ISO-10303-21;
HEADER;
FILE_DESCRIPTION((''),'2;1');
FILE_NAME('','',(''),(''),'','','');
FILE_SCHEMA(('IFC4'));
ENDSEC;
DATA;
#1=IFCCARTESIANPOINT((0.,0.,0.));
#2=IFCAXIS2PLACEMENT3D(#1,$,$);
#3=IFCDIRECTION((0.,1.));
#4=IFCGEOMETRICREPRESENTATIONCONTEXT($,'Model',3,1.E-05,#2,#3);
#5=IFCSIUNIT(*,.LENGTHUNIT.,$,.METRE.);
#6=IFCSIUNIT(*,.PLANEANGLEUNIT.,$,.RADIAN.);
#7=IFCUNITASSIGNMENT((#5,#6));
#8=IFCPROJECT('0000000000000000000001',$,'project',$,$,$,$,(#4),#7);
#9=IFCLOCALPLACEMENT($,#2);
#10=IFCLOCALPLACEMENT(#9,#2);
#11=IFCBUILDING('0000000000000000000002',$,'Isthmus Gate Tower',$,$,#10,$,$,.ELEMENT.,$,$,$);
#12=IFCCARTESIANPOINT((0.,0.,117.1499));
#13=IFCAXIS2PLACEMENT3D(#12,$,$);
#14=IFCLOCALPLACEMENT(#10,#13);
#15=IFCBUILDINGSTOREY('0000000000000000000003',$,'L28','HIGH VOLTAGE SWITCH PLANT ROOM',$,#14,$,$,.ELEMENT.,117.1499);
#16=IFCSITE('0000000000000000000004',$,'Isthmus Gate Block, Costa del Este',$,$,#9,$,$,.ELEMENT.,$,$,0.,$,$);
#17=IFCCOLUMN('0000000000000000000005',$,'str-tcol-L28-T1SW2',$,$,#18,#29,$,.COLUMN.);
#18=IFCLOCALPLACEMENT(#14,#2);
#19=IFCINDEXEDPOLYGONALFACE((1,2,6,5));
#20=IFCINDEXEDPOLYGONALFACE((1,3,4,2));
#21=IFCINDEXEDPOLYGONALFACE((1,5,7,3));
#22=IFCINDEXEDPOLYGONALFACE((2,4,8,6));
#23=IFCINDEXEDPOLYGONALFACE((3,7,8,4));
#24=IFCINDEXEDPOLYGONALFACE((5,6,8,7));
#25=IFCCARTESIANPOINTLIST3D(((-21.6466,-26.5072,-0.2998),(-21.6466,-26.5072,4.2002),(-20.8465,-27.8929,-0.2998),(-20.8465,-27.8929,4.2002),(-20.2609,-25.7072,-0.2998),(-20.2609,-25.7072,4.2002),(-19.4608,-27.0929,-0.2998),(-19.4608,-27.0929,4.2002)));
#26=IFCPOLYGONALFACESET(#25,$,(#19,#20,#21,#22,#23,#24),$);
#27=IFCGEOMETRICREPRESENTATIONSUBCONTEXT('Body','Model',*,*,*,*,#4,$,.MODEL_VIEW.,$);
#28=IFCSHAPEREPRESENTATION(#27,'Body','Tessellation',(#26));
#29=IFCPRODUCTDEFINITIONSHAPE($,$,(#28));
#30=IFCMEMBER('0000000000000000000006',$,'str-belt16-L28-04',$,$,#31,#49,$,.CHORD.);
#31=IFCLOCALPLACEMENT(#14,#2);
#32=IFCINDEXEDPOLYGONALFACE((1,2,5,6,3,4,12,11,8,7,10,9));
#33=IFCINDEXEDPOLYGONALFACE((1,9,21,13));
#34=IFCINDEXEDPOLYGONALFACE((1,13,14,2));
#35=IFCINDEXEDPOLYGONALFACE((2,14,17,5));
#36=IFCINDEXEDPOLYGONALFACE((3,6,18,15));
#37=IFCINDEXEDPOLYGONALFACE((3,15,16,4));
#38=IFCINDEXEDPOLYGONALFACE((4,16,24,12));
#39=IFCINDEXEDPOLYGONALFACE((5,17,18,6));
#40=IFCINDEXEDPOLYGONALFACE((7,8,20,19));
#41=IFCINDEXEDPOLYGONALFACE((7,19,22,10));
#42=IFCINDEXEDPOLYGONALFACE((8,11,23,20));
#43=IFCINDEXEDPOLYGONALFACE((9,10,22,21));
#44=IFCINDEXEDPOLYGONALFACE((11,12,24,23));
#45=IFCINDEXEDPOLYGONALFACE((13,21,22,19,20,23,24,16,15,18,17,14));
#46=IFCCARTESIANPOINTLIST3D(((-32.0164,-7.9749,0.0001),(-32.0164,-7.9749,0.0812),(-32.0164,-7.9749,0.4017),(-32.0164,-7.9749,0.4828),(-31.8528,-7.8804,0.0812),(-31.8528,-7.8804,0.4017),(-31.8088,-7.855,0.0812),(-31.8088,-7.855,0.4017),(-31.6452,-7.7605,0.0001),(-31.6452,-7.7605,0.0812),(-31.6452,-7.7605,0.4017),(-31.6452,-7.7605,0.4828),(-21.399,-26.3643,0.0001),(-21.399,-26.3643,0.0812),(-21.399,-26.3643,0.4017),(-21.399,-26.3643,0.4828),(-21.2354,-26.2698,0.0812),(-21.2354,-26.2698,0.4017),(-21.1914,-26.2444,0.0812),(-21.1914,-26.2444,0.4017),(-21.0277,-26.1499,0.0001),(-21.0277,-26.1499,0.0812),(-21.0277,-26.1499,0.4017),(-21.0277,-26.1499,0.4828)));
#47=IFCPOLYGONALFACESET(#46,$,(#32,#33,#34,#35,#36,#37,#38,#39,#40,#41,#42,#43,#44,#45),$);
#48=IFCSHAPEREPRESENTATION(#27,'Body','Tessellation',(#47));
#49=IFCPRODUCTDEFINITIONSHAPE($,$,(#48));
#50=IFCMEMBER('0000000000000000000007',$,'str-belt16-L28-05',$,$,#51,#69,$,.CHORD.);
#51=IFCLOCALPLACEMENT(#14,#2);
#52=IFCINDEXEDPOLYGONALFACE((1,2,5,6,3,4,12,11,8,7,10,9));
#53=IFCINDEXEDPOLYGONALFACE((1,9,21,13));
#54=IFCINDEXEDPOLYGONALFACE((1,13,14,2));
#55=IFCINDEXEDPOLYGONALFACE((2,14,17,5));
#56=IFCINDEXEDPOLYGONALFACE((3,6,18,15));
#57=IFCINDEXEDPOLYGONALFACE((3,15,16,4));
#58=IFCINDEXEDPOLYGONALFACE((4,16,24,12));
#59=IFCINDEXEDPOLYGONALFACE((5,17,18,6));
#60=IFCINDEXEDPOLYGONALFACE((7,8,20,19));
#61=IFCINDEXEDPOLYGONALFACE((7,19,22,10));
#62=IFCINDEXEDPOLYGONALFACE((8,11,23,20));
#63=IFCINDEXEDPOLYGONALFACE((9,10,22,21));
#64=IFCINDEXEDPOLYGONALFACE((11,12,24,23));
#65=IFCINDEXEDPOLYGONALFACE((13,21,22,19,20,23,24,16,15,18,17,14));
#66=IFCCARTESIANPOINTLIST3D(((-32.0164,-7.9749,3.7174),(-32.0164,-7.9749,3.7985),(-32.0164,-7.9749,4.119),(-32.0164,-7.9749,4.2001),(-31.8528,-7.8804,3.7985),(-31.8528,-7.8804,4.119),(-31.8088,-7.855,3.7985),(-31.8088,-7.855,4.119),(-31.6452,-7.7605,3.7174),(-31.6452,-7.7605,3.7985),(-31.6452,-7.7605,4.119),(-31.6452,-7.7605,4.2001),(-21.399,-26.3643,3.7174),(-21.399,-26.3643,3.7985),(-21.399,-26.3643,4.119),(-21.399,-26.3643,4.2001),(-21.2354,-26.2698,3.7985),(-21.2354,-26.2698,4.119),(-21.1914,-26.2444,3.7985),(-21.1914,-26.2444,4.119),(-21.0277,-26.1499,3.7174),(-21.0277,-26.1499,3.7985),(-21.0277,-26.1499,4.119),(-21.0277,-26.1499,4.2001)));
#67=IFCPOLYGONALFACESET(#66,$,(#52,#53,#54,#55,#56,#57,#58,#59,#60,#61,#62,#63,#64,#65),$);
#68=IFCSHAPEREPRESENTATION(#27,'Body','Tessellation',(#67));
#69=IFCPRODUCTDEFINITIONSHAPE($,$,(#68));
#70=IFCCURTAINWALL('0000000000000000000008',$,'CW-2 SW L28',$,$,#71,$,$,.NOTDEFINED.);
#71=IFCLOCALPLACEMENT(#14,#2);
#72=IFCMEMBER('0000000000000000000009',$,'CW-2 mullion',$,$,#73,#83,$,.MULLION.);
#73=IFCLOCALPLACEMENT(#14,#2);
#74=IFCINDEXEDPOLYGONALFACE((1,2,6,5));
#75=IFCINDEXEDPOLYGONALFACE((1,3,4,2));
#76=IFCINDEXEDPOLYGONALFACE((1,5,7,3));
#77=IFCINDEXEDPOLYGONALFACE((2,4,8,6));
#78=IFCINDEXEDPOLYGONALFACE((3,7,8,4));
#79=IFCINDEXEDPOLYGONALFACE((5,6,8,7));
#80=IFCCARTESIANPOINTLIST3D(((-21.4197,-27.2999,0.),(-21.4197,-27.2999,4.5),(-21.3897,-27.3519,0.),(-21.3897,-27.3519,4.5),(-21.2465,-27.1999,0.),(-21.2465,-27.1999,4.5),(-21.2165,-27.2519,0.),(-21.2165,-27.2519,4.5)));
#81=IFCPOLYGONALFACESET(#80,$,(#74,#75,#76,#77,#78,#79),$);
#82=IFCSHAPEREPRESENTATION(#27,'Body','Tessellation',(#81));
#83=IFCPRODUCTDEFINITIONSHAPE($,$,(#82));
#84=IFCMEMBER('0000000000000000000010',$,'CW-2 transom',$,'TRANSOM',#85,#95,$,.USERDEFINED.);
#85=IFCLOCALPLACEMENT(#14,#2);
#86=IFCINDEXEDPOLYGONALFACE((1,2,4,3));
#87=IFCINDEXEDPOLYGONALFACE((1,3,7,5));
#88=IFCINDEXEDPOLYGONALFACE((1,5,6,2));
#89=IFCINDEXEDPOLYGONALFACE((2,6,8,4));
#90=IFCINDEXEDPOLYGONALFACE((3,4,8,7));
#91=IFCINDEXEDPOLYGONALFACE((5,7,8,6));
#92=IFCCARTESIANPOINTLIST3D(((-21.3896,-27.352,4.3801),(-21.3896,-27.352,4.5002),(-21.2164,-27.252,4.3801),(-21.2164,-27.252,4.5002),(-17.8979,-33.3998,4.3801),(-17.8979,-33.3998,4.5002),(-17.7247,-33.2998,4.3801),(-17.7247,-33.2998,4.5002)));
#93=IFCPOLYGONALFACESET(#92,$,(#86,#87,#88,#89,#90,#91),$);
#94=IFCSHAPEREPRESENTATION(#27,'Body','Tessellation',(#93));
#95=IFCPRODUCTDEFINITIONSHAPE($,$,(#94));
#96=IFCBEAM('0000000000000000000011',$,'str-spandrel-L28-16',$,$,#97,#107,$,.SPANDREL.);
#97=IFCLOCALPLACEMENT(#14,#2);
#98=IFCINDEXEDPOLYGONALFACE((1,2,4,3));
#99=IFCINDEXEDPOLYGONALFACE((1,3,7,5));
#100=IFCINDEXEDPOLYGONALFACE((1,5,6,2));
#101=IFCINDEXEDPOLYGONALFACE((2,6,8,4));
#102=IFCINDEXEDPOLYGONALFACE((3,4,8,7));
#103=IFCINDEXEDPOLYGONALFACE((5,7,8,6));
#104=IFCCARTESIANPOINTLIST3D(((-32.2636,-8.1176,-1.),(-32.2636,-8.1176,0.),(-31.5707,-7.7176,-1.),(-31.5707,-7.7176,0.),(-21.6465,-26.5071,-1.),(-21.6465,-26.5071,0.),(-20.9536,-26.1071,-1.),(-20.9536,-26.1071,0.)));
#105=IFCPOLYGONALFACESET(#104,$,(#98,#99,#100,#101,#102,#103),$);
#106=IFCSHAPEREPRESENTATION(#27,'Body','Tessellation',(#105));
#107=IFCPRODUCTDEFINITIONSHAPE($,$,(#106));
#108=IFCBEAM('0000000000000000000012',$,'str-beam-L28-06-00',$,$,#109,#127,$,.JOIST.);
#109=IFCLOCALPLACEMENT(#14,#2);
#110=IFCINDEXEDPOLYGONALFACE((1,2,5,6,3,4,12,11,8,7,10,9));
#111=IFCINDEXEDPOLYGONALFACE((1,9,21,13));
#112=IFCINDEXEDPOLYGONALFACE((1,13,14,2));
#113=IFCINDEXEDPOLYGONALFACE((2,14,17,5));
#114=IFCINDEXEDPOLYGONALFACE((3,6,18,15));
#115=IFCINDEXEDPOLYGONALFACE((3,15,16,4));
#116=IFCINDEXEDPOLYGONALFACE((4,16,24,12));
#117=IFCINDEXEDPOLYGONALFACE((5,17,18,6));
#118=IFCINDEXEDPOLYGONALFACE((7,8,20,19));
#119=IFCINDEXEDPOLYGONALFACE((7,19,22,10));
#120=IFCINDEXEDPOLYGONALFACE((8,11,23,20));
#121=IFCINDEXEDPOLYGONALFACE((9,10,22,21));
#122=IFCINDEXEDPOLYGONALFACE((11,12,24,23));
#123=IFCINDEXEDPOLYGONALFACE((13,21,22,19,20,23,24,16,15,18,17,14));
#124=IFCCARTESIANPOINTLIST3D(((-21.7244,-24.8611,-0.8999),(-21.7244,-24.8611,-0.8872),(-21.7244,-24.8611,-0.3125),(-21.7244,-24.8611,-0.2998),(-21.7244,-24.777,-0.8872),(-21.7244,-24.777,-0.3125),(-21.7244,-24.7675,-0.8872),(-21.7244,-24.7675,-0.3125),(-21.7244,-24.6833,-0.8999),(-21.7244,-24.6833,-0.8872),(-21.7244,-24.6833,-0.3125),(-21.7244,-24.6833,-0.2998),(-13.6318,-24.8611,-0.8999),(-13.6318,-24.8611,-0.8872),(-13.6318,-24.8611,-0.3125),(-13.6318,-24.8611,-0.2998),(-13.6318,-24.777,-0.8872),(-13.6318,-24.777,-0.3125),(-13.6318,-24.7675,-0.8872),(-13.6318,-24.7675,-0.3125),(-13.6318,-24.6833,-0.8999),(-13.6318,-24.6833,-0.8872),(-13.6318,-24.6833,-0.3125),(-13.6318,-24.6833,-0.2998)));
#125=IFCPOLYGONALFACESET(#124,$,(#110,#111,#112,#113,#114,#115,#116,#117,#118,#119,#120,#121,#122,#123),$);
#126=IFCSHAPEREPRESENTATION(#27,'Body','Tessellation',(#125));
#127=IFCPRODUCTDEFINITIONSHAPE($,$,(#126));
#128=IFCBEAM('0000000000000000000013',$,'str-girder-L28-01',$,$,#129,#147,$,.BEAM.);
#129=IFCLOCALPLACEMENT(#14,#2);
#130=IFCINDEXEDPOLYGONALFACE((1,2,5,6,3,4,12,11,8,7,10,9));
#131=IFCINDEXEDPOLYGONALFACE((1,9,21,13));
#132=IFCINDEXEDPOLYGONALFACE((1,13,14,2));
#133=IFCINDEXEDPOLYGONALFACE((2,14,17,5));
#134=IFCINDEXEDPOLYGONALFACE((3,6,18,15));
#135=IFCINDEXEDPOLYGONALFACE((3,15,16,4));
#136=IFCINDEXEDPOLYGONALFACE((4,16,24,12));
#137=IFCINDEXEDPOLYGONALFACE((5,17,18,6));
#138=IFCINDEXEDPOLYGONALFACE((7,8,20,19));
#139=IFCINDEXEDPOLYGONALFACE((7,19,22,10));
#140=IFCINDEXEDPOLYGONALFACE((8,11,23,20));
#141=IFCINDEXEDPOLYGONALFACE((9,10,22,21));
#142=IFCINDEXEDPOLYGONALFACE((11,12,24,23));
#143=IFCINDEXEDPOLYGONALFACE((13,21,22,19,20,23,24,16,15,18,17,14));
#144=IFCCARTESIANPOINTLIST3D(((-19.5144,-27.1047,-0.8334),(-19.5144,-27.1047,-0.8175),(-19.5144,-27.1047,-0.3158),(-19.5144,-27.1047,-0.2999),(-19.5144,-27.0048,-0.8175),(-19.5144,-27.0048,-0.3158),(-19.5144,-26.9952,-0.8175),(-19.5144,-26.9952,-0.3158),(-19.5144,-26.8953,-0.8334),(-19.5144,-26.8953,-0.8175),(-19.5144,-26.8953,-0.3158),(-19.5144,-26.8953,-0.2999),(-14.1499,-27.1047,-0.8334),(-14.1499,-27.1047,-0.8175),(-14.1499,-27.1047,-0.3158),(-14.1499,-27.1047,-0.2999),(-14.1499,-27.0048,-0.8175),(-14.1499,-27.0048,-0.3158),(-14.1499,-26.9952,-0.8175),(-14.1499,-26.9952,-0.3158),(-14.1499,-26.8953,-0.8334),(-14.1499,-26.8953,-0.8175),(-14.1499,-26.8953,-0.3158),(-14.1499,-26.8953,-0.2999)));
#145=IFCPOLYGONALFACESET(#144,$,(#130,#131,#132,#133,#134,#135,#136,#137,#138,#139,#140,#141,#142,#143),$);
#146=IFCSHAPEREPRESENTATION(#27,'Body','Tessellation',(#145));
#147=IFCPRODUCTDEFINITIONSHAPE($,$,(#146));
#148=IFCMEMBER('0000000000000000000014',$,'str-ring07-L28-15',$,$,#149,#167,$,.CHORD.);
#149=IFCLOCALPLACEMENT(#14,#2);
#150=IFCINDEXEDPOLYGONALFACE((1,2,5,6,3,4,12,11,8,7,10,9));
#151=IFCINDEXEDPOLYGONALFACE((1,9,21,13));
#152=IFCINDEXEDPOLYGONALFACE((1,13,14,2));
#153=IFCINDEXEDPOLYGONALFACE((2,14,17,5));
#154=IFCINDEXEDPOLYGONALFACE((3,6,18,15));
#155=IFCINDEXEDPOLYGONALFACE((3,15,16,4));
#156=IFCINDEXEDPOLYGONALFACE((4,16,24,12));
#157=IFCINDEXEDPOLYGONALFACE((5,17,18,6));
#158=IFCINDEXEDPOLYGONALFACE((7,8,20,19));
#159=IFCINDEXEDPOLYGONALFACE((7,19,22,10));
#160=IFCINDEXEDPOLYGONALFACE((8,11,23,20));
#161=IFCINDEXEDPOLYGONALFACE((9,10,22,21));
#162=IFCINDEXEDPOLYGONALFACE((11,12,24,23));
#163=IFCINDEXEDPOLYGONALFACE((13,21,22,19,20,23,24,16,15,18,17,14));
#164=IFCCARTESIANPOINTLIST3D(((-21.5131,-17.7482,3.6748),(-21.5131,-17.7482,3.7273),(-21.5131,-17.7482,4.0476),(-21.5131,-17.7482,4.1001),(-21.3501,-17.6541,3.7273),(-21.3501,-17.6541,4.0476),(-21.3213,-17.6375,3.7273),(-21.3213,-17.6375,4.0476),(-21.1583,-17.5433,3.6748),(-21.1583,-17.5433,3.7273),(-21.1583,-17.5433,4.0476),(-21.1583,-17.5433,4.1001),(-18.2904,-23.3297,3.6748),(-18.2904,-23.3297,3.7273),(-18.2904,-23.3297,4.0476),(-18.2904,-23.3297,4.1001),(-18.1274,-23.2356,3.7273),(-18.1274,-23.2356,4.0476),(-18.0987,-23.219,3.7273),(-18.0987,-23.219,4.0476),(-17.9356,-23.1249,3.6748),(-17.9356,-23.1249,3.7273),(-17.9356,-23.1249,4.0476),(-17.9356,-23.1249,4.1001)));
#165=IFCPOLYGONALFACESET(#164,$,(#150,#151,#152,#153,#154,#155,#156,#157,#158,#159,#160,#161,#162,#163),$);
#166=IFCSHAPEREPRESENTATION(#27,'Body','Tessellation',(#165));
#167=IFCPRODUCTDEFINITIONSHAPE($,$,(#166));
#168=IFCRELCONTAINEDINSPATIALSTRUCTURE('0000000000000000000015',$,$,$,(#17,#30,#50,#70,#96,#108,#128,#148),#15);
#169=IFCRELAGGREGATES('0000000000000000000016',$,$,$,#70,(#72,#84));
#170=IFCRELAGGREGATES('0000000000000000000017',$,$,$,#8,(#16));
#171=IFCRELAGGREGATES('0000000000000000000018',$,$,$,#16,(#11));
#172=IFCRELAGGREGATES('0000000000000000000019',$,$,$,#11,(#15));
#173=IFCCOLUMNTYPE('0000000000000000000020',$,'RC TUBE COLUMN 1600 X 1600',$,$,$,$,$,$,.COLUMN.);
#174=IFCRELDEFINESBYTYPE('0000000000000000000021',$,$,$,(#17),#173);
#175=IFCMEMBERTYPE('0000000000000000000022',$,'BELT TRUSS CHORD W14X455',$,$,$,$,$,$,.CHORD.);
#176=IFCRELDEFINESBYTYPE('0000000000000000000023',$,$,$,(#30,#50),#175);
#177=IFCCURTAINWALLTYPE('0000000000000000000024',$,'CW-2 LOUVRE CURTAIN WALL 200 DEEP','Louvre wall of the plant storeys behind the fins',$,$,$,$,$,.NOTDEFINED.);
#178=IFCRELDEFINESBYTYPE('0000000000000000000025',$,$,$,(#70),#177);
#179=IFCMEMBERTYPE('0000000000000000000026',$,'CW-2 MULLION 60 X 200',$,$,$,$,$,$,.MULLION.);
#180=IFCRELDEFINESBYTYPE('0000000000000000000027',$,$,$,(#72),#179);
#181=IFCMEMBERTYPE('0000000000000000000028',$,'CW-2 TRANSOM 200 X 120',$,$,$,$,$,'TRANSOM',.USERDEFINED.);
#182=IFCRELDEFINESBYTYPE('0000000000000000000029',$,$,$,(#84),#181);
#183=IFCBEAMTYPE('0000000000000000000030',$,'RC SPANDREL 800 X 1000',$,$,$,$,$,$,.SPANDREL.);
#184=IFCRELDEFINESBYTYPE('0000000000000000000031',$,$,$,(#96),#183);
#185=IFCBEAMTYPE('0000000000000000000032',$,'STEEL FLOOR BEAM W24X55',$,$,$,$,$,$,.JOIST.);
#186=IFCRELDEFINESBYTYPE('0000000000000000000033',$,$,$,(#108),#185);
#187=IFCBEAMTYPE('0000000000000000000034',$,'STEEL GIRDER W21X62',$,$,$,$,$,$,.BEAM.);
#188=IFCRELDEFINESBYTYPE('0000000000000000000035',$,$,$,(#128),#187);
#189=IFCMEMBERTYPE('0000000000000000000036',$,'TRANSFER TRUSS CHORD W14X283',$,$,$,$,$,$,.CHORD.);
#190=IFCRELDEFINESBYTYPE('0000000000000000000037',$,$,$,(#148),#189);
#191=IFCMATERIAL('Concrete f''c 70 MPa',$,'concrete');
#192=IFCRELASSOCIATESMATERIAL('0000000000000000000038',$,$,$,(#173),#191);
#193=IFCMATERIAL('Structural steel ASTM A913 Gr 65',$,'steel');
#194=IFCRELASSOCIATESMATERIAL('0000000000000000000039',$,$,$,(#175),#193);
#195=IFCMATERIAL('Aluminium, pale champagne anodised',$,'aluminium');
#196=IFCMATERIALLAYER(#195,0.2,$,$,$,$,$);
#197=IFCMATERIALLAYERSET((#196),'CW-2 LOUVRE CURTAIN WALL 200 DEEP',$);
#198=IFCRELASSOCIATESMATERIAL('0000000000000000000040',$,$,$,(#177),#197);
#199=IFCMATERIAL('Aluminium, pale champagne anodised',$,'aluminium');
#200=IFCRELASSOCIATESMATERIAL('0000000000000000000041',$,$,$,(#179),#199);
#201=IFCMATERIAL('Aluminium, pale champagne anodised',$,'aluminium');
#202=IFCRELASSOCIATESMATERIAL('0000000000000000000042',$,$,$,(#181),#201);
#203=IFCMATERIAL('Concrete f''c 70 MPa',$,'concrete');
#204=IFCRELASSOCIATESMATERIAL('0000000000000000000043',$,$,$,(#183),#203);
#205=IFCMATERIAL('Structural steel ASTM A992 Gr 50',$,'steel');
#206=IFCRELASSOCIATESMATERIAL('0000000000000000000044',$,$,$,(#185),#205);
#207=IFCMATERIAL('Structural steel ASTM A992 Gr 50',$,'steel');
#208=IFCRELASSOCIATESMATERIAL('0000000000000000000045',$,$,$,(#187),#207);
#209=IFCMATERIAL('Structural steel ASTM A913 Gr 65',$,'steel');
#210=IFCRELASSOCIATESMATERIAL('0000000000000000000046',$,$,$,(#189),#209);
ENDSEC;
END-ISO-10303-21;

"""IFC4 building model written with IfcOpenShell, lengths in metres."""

from ifc_helpers import new_model, si_unit, direction, frame, origin, origin_2d, place, context, subcontext, project, spatial, rectangle, i_section, extrude, material, layer, layer_set, material_profile, profile_set, type_object, element, aggregate, save


model = new_model("IFC4")

# Units and contexts
model_context = context("Model", 3, precision=1e-05, world=origin(), true_north=direction((0.0, 1.0)))
body_context = subcontext(model_context, "Body", "Model", "MODEL_VIEW")
ifc_project = project(units=[si_unit("LENGTHUNIT", "METRE"), si_unit("PLANEANGLEUNIT", "RADIAN")], contexts=[model_context])

# Site, building, storey
site_placement = place(None, origin())
site = spatial("IfcSite", under=ifc_project, at=site_placement, Name="Isthmus Gate Block, Costa del Este", CompositionType="ELEMENT", RefElevation=0.0)
building_placement = place(site_placement, origin())
building = spatial("IfcBuilding", under=site, at=building_placement, Name="Isthmus Gate Tower", CompositionType="ELEMENT")
storey_placement = place(building_placement, frame((0.0, 0.0, 117.1499)))
storey = spatial("IfcBuildingStorey", under=building, at=storey_placement, Name="L28", Description="HIGH VOLTAGE SWITCH PLANT ROOM", CompositionType="ELEMENT", Elevation=117.1499)

# Column
ifc_material_1 = material(Name="Concrete f'c 70 MPa", Category="concrete")
ifc_material_profile_1 = material_profile(ifc_material_1, rectangle(XDim=1.6001, YDim=1.6001, at=origin_2d()), Name="RC 1600X1600")
ifc_profile_set_1 = profile_set([ifc_material_profile_1], Name="Concrete f'c 70 MPa")
column_type = type_object("IfcColumnType", Name="RC TUBE COLUMN 1600 X 1600", PredefinedType="COLUMN", material=ifc_profile_set_1)
column_placement = place(storey_placement, frame((-20.5537, -26.8, -0.2998), z_axis=(0.0, 0.0, 1.0), x_axis=(0.5, -0.866025, 0.0)))
element("IfcColumn", 1, at=column_placement, inside=storey, type_object=column_type, Name="str-tcol-L28-T1SW2", PredefinedType="COLUMN", context=body_context, shape_type="SweptSolid", body=[
    extrude(rectangle(XDim=1.6001, YDim=1.6001, at=origin_2d()), origin(), (0.0, 0.0, 1.0), 4.5),
])

# Members
ifc_material_2 = material(Name="Structural steel ASTM A913 Gr 65", Category="steel")
ifc_material_profile_2 = material_profile(ifc_material_2, i_section(OverallWidth=0.4287, OverallDepth=0.4827, WebThickness=0.0508, FlangeThickness=0.0811, at=origin_2d()), Name="W14X455")
ifc_profile_set_2 = profile_set([ifc_material_profile_2], Name="Structural steel ASTM A913 Gr 65")
member_type_1 = type_object("IfcMemberType", Name="BELT TRUSS CHORD W14X455", PredefinedType="CHORD", material=ifc_profile_set_2)
for number, where, z_axis, x_axis, name in (
    (2, (-21.2134, -26.2571, 0.2415), (-0.500011, 0.866019, 0.0), (-0.866019, -0.500011, 0.0), "str-belt16-L28-04"),
    (3, (-21.2134, -26.2571, 3.9587), (-0.500011, 0.866019, 0.0), (-0.866019, -0.500011, 0.0), "str-belt16-L28-05"),
):
    element("IfcMember", number, at=place(storey_placement, frame(where, z_axis=z_axis, x_axis=x_axis)), inside=storey, type_object=member_type_1, Name=name, PredefinedType="CHORD", context=body_context, shape_type="SweptSolid", body=[
        extrude(i_section(OverallWidth=0.4287, OverallDepth=0.4827, WebThickness=0.0508, FlangeThickness=0.0811, at=origin_2d()), origin(), (0.0, 0.0, 1.0), 21.2344),
    ])

# Curtain wall, members
ifc_material_3 = material(Name="Aluminium, pale champagne anodised", Category="aluminium")
ifc_layer_1 = layer(ifc_material_3, 0.2)
ifc_layer_set_1 = layer_set([ifc_layer_1], Name="CW-2 LOUVRE CURTAIN WALL 200 DEEP")
curtain_wall_type = type_object("IfcCurtainWallType", Name="CW-2 LOUVRE CURTAIN WALL 200 DEEP", Description="Louvre wall of the plant storeys behind the fins", PredefinedType="NOTDEFINED", material=ifc_layer_set_1)
curtain_wall_placement = place(storey_placement, origin())
curtain_wall = element("IfcCurtainWall", 4, at=curtain_wall_placement, inside=storey, type_object=curtain_wall_type, Name="CW-2 SW L28", PredefinedType="NOTDEFINED")
ifc_material_4 = material(Name="Aluminium, pale champagne anodised", Category="aluminium")
ifc_material_profile_3 = material_profile(ifc_material_4, rectangle(XDim=0.0601, YDim=0.2, at=origin_2d()), Name="60x200")
ifc_profile_set_3 = profile_set([ifc_material_profile_3], Name="Aluminium, pale champagne anodised")
member_type_2 = type_object("IfcMemberType", Name="CW-2 MULLION 60 X 200", PredefinedType="MULLION", material=ifc_profile_set_3)
member_1_placement = place(storey_placement, frame((-21.3181, -27.2759, 0.0), z_axis=(0.0, 0.0, 1.0), x_axis=(0.5, -0.866025, 0.0)))
member_1 = element("IfcMember", 5, at=member_1_placement, type_object=member_type_2, Name="CW-2 mullion", PredefinedType="MULLION", context=body_context, shape_type="SweptSolid", body=[
    extrude(rectangle(XDim=0.0601, YDim=0.2, at=origin_2d()), origin(), (0.0, 0.0, 1.0), 4.5),
])
ifc_material_5 = material(Name="Aluminium, pale champagne anodised", Category="aluminium")
ifc_material_profile_4 = material_profile(ifc_material_5, rectangle(XDim=0.2, YDim=0.1201, at=origin_2d()), Name="200x120")
ifc_profile_set_4 = profile_set([ifc_material_profile_4], Name="Aluminium, pale champagne anodised")
member_type_3 = type_object("IfcMemberType", Name="CW-2 TRANSOM 200 X 120", ElementType="TRANSOM", PredefinedType="USERDEFINED", material=ifc_profile_set_4)
member_2_placement = place(storey_placement, frame((-21.303, -27.302, 4.4402), z_axis=(0.499997, -0.866027, 0.0), x_axis=(0.866027, 0.499997, 0.0)))
member_2 = element("IfcMember", 6, at=member_2_placement, type_object=member_type_3, Name="CW-2 transom", ObjectType="TRANSOM", PredefinedType="USERDEFINED", context=body_context, shape_type="SweptSolid", body=[
    extrude(rectangle(XDim=0.2, YDim=0.1201, at=origin_2d()), origin(), (0.0, 0.0, 1.0), 6.9834),
])

# Beams
ifc_material_6 = material(Name="Concrete f'c 70 MPa", Category="concrete")
ifc_material_profile_5 = material_profile(ifc_material_6, rectangle(XDim=0.8, YDim=1.0, at=origin_2d()), Name="RC 800X1000")
ifc_profile_set_5 = profile_set([ifc_material_profile_5], Name="Concrete f'c 70 MPa")
beam_type_1 = type_object("IfcBeamType", Name="RC SPANDREL 800 X 1000", PredefinedType="SPANDREL", material=ifc_profile_set_5)
beam_1_placement = place(storey_placement, frame((-21.3, -26.3071, -0.5), z_axis=(-0.499997, 0.866027, 0.0), x_axis=(-0.866027, -0.499997, 0.0)))
element("IfcBeam", 7, at=beam_1_placement, inside=storey, type_object=beam_type_1, Name="str-spandrel-L28-16", PredefinedType="SPANDREL", context=body_context, shape_type="SweptSolid", body=[
    extrude(rectangle(XDim=0.8, YDim=1.0, at=origin_2d()), origin(), (0.0, 0.0, 1.0), 21.2344),
])
ifc_material_7 = material(Name="Structural steel ASTM A992 Gr 50", Category="steel")
ifc_material_profile_6 = material_profile(ifc_material_7, i_section(OverallWidth=0.1777, OverallDepth=0.6001, WebThickness=0.0095, FlangeThickness=0.0127, at=origin_2d()), Name="W24X55")
ifc_profile_set_6 = profile_set([ifc_material_profile_6], Name="Structural steel ASTM A992 Gr 50")
beam_type_2 = type_object("IfcBeamType", Name="STEEL FLOOR BEAM W24X55", PredefinedType="JOIST", material=ifc_profile_set_6)
beam_2_placement = place(storey_placement, frame((-21.7244, -24.7722, -0.5999), z_axis=(1.0, 0.0, 0.0), x_axis=(0.0, 1.0, 0.0)))
element("IfcBeam", 8, at=beam_2_placement, inside=storey, type_object=beam_type_2, Name="str-beam-L28-06-00", PredefinedType="JOIST", context=body_context, shape_type="SweptSolid", body=[
    extrude(i_section(OverallWidth=0.1777, OverallDepth=0.6001, WebThickness=0.0095, FlangeThickness=0.0127, at=origin_2d()), origin(), (0.0, 0.0, 1.0), 8.0925),
])
ifc_material_8 = material(Name="Structural steel ASTM A992 Gr 50", Category="steel")
ifc_material_profile_7 = material_profile(ifc_material_8, i_section(OverallWidth=0.2095, OverallDepth=0.5334, WebThickness=0.0095, FlangeThickness=0.0159, at=origin_2d()), Name="W21X62")
ifc_profile_set_7 = profile_set([ifc_material_profile_7], Name="Structural steel ASTM A992 Gr 50")
beam_type_3 = type_object("IfcBeamType", Name="STEEL GIRDER W21X62", PredefinedType="BEAM", material=ifc_profile_set_7)
beam_3_placement = place(storey_placement, frame((-19.5144, -27.0, -0.5667), z_axis=(1.0, 0.0, 0.0), x_axis=(0.0, 1.0, 0.0)))
element("IfcBeam", 9, at=beam_3_placement, inside=storey, type_object=beam_type_3, Name="str-girder-L28-01", PredefinedType="BEAM", context=body_context, shape_type="SweptSolid", body=[
    extrude(i_section(OverallWidth=0.2095, OverallDepth=0.5334, WebThickness=0.0095, FlangeThickness=0.0159, at=origin_2d()), origin(), (0.0, 0.0, 1.0), 5.3645),
])

# Member
ifc_material_9 = material(Name="Structural steel ASTM A913 Gr 65", Category="steel")
ifc_material_profile_8 = material_profile(ifc_material_9, i_section(OverallWidth=0.4097, OverallDepth=0.4253, WebThickness=0.0332, FlangeThickness=0.0525, at=origin_2d()), Name="W14X283")
ifc_profile_set_8 = profile_set([ifc_material_profile_8], Name="Structural steel ASTM A913 Gr 65")
member_type_4 = type_object("IfcMemberType", Name="TRANSFER TRUSS CHORD W14X283", PredefinedType="CHORD", material=ifc_profile_set_8)
member_3_placement = place(storey_placement, frame((-18.113, -23.2273, 3.8875), z_axis=(-0.500018, 0.866015, 0.0), x_axis=(-0.866015, -0.500018, 0.0)))
element("IfcMember", 10, at=member_3_placement, inside=storey, type_object=member_type_4, Name="str-ring07-L28-15", PredefinedType="CHORD", context=body_context, shape_type="SweptSolid", body=[
    extrude(i_section(OverallWidth=0.4097, OverallDepth=0.4253, WebThickness=0.0332, FlangeThickness=0.0525, at=origin_2d()), origin(), (0.0, 0.0, 1.0), 6.4451),
])

aggregate(curtain_wall, [member_1, member_2])

save(model, "model.ifc")
